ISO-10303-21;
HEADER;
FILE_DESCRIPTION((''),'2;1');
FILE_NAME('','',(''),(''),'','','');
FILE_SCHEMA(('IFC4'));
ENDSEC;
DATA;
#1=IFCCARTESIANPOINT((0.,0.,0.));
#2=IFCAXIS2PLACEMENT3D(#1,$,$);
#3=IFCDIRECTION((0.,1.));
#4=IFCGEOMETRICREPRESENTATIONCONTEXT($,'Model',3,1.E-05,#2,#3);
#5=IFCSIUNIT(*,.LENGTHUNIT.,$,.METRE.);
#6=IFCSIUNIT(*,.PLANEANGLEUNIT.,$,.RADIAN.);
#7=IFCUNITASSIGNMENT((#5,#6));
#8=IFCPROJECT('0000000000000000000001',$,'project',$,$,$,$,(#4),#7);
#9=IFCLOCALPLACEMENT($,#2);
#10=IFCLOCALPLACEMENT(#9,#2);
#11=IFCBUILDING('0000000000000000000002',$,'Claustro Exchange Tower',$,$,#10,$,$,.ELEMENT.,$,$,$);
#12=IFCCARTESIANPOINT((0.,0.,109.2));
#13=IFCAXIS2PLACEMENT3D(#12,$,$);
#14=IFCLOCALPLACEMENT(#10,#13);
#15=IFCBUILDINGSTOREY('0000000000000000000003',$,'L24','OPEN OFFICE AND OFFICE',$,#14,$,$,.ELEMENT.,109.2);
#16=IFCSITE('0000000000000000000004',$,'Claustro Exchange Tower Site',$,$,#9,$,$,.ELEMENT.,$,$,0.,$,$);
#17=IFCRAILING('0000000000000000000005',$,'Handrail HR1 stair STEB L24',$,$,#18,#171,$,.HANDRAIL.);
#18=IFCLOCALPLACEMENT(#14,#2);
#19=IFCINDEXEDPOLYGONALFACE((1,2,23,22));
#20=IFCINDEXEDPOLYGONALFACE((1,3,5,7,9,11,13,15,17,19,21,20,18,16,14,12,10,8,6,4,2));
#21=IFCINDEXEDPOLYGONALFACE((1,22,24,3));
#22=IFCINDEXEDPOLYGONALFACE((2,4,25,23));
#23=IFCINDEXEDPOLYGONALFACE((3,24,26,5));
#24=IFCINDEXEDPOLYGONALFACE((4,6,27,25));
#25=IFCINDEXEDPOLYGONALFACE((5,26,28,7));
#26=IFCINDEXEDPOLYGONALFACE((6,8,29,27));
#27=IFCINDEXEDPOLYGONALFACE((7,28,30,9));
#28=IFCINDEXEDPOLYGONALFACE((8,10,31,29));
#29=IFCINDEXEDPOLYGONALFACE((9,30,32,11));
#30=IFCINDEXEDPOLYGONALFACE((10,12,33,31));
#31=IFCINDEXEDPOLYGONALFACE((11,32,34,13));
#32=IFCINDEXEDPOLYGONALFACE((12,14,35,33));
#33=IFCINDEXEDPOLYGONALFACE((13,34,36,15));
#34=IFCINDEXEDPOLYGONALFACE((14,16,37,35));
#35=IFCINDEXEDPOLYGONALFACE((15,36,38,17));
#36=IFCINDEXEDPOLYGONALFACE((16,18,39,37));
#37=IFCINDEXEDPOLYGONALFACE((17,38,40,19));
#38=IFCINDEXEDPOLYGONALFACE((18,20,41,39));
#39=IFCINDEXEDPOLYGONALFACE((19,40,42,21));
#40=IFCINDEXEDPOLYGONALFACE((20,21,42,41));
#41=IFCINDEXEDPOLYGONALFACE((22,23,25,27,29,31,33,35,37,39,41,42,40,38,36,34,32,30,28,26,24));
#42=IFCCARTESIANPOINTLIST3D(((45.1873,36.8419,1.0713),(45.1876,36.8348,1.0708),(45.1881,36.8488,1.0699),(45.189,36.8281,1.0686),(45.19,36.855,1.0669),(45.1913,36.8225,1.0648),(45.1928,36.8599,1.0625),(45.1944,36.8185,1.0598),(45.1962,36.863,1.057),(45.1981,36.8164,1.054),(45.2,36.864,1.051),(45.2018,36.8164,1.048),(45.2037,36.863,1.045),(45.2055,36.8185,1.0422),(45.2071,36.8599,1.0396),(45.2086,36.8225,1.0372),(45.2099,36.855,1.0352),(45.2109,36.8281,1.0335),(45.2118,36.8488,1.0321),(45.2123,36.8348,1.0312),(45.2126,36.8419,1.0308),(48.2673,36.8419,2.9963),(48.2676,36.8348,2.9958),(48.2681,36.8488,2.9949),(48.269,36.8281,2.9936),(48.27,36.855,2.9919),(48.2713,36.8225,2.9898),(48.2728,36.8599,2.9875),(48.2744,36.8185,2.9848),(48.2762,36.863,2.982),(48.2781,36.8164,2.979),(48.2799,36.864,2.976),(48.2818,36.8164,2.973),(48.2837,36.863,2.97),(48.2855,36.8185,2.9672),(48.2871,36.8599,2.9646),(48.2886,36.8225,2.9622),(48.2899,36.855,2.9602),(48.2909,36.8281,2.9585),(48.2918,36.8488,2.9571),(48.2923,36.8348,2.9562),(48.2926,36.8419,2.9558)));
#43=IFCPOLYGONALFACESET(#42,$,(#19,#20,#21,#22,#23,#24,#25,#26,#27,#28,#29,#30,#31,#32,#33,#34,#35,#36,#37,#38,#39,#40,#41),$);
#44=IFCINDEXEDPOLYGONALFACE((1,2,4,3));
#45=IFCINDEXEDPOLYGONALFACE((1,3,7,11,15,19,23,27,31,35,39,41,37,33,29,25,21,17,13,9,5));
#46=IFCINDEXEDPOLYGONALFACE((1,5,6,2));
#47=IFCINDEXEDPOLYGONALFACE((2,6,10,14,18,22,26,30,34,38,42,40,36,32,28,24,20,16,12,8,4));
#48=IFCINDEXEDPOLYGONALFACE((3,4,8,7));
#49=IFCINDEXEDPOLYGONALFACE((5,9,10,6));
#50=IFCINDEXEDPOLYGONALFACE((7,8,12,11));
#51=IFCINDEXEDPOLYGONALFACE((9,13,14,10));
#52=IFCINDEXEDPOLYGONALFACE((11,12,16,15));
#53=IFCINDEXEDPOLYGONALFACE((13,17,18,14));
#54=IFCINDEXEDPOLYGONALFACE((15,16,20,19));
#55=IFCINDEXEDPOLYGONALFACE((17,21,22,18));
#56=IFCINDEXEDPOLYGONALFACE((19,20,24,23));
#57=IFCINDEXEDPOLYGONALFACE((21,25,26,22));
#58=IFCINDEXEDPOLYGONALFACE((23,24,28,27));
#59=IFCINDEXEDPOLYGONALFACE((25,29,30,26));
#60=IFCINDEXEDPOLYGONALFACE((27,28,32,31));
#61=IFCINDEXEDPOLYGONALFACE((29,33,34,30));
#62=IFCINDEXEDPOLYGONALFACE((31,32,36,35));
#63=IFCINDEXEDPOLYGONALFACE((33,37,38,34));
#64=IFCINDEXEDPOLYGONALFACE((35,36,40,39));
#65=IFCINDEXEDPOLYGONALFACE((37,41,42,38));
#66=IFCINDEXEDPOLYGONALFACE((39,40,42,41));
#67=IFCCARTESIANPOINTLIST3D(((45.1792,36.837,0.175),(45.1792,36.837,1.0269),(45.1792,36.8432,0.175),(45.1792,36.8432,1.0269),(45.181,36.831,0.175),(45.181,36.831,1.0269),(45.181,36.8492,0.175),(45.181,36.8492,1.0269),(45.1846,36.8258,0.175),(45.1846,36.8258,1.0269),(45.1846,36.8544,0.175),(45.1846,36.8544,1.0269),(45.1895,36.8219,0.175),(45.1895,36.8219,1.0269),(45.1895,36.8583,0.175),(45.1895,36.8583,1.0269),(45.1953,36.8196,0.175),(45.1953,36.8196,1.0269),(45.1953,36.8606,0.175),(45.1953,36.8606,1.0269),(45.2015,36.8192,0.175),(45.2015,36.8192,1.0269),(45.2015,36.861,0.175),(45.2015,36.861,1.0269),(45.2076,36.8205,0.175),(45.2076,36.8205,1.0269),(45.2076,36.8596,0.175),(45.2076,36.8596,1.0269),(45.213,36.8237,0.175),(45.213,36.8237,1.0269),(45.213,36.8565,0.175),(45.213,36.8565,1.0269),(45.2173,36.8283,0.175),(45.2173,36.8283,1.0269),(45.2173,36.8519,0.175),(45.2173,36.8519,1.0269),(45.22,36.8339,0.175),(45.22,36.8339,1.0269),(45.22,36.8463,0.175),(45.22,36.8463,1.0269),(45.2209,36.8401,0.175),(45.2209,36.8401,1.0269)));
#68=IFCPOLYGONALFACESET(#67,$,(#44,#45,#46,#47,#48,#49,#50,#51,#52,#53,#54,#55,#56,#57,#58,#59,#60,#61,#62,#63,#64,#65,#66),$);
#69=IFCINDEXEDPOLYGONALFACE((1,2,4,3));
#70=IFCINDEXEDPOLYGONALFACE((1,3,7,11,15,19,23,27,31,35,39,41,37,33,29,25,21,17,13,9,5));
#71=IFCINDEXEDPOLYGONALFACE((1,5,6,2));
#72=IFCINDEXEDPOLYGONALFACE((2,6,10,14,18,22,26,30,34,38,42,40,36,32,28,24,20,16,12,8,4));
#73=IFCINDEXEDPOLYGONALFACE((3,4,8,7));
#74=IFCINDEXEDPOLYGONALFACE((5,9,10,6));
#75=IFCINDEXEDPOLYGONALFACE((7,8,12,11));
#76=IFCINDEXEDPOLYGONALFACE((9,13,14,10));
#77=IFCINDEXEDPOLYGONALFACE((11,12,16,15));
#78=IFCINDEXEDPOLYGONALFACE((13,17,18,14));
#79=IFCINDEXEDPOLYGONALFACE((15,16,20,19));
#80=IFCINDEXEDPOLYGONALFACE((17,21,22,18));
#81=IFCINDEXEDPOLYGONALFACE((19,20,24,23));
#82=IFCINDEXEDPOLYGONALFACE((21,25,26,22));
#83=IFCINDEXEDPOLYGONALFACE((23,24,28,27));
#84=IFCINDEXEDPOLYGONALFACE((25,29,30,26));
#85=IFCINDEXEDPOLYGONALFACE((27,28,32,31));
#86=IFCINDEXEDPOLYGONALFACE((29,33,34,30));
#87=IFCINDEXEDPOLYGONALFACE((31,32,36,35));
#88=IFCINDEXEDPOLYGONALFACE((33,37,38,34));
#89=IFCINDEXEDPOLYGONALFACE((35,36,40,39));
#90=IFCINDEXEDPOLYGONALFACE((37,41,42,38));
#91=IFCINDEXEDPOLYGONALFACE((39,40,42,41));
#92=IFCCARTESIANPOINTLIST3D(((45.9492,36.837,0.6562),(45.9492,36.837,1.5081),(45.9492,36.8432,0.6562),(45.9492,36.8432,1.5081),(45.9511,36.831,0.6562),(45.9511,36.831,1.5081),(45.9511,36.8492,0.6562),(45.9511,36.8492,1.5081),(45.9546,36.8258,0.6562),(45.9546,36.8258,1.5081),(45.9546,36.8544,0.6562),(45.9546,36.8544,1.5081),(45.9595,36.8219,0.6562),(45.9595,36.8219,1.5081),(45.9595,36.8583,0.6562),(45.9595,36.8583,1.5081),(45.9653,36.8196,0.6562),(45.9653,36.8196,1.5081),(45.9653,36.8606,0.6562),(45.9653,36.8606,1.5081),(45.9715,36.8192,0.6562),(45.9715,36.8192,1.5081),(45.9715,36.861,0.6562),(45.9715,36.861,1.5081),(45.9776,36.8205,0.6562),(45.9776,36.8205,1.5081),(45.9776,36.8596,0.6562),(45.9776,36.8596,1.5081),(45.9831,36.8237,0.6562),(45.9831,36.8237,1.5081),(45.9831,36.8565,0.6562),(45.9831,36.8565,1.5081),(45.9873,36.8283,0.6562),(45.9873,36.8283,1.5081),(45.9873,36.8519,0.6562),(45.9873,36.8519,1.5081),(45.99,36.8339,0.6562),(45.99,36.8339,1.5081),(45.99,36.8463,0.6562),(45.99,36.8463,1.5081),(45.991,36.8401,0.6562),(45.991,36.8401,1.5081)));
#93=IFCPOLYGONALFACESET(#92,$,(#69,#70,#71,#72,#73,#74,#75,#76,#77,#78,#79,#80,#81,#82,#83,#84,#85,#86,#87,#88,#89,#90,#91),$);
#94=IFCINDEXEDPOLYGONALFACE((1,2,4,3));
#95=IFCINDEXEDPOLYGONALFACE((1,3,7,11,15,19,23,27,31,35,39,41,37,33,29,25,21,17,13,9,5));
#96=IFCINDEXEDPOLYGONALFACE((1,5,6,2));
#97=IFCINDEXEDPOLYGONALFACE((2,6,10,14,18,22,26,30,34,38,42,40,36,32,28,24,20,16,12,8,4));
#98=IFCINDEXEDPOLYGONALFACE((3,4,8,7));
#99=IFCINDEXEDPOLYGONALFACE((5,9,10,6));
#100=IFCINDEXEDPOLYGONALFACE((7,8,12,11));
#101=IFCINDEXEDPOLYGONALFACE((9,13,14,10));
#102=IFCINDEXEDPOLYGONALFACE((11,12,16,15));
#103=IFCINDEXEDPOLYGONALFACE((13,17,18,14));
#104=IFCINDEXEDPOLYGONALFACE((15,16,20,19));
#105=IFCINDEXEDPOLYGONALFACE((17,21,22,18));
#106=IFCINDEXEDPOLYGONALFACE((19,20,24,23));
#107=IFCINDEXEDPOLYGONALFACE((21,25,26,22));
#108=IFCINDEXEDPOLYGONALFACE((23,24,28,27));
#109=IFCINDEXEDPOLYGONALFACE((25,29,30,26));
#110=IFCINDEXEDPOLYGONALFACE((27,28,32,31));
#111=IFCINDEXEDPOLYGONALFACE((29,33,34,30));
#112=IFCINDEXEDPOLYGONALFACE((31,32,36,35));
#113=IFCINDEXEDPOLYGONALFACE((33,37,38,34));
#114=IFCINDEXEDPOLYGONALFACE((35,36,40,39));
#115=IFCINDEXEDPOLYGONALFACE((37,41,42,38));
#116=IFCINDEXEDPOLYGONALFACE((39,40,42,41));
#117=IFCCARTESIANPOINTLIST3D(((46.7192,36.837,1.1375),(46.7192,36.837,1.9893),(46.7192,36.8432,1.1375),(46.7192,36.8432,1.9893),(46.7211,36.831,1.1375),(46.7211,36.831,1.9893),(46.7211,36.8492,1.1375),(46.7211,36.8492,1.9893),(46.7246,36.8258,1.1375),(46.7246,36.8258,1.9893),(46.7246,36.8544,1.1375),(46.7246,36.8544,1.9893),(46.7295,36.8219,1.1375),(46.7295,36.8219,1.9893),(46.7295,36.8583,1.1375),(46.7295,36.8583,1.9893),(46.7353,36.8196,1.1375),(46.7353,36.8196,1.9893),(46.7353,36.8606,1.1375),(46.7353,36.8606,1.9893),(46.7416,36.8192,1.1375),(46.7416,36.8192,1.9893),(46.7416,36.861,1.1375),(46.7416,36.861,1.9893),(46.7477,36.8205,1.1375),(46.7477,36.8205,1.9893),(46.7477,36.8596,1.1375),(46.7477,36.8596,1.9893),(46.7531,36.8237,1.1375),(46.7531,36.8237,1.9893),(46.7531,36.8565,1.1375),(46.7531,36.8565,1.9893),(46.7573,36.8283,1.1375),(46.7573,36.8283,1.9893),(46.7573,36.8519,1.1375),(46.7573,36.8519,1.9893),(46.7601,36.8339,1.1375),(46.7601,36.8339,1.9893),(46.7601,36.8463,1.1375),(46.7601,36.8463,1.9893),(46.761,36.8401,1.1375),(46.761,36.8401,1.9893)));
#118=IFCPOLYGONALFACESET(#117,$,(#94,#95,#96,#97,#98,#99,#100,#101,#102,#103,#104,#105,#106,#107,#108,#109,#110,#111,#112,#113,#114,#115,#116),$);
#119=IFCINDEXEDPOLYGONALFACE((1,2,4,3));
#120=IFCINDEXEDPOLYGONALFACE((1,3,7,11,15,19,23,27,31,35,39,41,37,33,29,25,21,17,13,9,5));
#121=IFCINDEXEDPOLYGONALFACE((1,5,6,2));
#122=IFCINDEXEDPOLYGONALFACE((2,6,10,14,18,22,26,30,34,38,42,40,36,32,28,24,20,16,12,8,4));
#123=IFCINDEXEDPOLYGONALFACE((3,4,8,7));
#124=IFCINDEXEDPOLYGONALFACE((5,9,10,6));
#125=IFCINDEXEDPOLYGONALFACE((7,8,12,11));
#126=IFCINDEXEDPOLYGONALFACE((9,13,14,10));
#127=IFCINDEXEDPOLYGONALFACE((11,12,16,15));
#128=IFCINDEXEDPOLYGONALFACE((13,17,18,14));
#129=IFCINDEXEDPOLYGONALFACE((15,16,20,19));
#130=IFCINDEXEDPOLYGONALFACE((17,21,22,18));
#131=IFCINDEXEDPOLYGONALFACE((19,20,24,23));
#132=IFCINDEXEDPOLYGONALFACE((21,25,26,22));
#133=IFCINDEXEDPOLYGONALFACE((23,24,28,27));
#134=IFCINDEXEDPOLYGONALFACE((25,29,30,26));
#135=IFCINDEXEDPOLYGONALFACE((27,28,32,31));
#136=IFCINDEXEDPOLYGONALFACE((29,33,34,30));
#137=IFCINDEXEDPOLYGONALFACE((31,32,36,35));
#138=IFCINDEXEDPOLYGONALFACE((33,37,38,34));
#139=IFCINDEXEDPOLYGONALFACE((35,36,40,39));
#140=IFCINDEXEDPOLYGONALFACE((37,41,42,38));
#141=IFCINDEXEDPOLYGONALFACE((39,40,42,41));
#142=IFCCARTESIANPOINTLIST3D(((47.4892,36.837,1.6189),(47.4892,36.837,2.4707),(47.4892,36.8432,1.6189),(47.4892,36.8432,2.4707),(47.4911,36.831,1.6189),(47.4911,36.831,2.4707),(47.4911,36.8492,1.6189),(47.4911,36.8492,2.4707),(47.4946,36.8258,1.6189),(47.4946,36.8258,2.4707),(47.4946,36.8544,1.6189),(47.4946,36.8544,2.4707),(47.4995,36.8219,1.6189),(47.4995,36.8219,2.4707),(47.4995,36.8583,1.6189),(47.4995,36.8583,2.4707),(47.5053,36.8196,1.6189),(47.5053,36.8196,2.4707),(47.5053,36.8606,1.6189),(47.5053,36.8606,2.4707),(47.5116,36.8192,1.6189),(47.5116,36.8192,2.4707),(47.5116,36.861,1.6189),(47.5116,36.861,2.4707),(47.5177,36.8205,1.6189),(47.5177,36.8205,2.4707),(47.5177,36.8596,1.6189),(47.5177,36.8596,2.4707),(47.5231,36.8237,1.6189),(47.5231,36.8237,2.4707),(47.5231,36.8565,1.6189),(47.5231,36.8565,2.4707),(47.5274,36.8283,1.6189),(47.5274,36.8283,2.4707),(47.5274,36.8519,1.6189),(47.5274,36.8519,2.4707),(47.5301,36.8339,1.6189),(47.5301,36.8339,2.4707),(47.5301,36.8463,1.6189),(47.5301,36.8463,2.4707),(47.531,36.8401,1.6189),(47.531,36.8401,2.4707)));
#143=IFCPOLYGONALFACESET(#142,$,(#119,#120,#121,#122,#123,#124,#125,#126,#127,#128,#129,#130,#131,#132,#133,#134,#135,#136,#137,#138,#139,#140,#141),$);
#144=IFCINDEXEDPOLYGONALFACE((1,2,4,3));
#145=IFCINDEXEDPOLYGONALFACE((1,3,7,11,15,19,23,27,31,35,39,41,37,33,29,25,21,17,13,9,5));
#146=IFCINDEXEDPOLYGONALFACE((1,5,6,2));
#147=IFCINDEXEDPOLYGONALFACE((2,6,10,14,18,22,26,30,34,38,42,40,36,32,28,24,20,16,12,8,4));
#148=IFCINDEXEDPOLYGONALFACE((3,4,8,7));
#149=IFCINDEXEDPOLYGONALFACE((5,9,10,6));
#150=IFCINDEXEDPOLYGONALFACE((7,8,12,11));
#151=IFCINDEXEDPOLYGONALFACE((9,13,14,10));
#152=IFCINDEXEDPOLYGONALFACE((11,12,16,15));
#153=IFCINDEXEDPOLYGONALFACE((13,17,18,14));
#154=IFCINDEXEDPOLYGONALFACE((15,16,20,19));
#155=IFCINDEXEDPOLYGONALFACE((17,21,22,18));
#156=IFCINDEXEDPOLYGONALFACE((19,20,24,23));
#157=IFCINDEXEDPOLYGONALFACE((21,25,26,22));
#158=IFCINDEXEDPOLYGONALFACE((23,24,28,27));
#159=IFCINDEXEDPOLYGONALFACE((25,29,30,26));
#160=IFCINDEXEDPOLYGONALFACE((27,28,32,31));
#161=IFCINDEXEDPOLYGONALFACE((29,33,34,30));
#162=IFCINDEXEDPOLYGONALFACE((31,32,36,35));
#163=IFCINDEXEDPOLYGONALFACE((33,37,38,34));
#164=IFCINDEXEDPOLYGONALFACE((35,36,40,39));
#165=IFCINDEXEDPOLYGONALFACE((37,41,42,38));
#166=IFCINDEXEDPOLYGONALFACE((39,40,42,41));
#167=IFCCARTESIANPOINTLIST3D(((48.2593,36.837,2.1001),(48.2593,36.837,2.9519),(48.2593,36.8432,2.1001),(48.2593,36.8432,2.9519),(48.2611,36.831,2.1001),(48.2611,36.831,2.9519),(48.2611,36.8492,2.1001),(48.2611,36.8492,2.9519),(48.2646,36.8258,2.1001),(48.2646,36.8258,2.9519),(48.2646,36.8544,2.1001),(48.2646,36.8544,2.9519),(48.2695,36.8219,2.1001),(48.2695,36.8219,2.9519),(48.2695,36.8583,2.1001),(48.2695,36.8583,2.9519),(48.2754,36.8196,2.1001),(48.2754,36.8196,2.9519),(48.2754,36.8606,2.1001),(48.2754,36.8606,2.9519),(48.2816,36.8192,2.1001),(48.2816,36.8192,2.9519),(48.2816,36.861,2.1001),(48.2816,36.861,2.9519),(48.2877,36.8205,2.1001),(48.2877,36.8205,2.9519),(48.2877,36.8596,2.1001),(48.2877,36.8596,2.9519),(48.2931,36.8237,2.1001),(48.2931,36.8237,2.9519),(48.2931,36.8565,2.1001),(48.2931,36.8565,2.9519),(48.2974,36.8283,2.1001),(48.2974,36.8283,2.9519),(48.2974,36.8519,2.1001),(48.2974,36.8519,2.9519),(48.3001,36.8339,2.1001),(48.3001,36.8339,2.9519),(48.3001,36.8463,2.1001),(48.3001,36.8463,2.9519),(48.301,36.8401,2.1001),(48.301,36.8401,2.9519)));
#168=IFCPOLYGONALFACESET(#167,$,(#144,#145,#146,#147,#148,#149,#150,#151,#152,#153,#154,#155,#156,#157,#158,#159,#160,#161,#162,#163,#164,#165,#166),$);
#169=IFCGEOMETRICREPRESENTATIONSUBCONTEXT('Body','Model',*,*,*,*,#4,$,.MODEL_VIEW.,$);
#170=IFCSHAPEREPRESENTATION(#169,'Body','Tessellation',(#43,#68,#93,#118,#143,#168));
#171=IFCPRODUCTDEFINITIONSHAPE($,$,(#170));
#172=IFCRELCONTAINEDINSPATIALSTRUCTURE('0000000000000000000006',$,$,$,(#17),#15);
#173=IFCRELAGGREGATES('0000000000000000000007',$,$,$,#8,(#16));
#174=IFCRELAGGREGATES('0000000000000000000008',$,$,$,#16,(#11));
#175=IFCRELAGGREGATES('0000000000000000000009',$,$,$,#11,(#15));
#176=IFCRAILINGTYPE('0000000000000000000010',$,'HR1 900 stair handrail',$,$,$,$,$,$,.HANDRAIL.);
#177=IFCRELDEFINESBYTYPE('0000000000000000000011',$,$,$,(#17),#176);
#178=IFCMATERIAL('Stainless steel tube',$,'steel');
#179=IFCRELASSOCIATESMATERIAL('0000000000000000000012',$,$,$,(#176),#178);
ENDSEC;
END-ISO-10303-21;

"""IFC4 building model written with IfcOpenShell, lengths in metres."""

from ifc_helpers import new_model, si_unit, direction, frame, origin, origin_2d, place, context, subcontext, project, spatial, circle, extrude, material, type_object, element, save


model = new_model("IFC4")

# Units and contexts
model_context = context("Model", 3, precision=1e-05, world=origin(), true_north=direction((0.0, 1.0)))
body_context = subcontext(model_context, "Body", "Model", "MODEL_VIEW")
ifc_project = project(units=[si_unit("LENGTHUNIT", "METRE"), si_unit("PLANEANGLEUNIT", "RADIAN")], contexts=[model_context])

# Site, building, storey
site_placement = place(None, origin())
site = spatial("IfcSite", under=ifc_project, at=site_placement, Name="Claustro Exchange Tower Site", CompositionType="ELEMENT", RefElevation=0.0)
building_placement = place(site_placement, origin())
building = spatial("IfcBuilding", under=site, at=building_placement, Name="Claustro Exchange Tower", CompositionType="ELEMENT")
storey_placement = place(building_placement, frame((0.0, 0.0, 109.2)))
storey = spatial("IfcBuildingStorey", under=building, at=storey_placement, Name="L24", Description="OPEN OFFICE AND OFFICE", CompositionType="ELEMENT", Elevation=109.2)

# Railing
ifc_material_1 = material(Name="Stainless steel tube", Category="steel")
railing_type_1 = type_object("IfcRailingType", Name="HR1 900 stair handrail", PredefinedType="HANDRAIL", material=ifc_material_1)
railing_1_placement = place(storey_placement, frame((45.2, 36.8401, 0.175)))
element("IfcRailing", 1, at=railing_1_placement, inside=storey, type_object=railing_type_1, Name="Handrail HR1 stair STEB L24", PredefinedType="HANDRAIL", context=body_context, shape_type="SweptSolid", body=[
    extrude(circle(Radius=0.0239, at=origin_2d()), frame((0.0, 0.0, 0.876), z_axis=(0.847998, 0.0, 0.529999), x_axis=(0.0, 1.0, 0.0)), (0.0, 0.0, 1.0), 3.6321),
    extrude(circle(Radius=0.021, at=origin_2d()), origin(), (0.0, 0.0, 1.0), 0.8518),
    extrude(circle(Radius=0.021, at=origin_2d()), frame((0.77, 0.0, 0.4812)), (0.0, 0.0, 1.0), 0.8518),
    extrude(circle(Radius=0.021, at=origin_2d()), frame((1.54, 0.0, 0.9624)), (0.0, 0.0, 1.0), 0.8518),
    extrude(circle(Radius=0.021, at=origin_2d()), frame((2.3101, 0.0, 1.4438)), (0.0, 0.0, 1.0), 0.8518),
    extrude(circle(Radius=0.021, at=origin_2d()), frame((3.0801, 0.0, 1.925)), (0.0, 0.0, 1.0), 0.8518),
])

save(model, "model.ifc")
